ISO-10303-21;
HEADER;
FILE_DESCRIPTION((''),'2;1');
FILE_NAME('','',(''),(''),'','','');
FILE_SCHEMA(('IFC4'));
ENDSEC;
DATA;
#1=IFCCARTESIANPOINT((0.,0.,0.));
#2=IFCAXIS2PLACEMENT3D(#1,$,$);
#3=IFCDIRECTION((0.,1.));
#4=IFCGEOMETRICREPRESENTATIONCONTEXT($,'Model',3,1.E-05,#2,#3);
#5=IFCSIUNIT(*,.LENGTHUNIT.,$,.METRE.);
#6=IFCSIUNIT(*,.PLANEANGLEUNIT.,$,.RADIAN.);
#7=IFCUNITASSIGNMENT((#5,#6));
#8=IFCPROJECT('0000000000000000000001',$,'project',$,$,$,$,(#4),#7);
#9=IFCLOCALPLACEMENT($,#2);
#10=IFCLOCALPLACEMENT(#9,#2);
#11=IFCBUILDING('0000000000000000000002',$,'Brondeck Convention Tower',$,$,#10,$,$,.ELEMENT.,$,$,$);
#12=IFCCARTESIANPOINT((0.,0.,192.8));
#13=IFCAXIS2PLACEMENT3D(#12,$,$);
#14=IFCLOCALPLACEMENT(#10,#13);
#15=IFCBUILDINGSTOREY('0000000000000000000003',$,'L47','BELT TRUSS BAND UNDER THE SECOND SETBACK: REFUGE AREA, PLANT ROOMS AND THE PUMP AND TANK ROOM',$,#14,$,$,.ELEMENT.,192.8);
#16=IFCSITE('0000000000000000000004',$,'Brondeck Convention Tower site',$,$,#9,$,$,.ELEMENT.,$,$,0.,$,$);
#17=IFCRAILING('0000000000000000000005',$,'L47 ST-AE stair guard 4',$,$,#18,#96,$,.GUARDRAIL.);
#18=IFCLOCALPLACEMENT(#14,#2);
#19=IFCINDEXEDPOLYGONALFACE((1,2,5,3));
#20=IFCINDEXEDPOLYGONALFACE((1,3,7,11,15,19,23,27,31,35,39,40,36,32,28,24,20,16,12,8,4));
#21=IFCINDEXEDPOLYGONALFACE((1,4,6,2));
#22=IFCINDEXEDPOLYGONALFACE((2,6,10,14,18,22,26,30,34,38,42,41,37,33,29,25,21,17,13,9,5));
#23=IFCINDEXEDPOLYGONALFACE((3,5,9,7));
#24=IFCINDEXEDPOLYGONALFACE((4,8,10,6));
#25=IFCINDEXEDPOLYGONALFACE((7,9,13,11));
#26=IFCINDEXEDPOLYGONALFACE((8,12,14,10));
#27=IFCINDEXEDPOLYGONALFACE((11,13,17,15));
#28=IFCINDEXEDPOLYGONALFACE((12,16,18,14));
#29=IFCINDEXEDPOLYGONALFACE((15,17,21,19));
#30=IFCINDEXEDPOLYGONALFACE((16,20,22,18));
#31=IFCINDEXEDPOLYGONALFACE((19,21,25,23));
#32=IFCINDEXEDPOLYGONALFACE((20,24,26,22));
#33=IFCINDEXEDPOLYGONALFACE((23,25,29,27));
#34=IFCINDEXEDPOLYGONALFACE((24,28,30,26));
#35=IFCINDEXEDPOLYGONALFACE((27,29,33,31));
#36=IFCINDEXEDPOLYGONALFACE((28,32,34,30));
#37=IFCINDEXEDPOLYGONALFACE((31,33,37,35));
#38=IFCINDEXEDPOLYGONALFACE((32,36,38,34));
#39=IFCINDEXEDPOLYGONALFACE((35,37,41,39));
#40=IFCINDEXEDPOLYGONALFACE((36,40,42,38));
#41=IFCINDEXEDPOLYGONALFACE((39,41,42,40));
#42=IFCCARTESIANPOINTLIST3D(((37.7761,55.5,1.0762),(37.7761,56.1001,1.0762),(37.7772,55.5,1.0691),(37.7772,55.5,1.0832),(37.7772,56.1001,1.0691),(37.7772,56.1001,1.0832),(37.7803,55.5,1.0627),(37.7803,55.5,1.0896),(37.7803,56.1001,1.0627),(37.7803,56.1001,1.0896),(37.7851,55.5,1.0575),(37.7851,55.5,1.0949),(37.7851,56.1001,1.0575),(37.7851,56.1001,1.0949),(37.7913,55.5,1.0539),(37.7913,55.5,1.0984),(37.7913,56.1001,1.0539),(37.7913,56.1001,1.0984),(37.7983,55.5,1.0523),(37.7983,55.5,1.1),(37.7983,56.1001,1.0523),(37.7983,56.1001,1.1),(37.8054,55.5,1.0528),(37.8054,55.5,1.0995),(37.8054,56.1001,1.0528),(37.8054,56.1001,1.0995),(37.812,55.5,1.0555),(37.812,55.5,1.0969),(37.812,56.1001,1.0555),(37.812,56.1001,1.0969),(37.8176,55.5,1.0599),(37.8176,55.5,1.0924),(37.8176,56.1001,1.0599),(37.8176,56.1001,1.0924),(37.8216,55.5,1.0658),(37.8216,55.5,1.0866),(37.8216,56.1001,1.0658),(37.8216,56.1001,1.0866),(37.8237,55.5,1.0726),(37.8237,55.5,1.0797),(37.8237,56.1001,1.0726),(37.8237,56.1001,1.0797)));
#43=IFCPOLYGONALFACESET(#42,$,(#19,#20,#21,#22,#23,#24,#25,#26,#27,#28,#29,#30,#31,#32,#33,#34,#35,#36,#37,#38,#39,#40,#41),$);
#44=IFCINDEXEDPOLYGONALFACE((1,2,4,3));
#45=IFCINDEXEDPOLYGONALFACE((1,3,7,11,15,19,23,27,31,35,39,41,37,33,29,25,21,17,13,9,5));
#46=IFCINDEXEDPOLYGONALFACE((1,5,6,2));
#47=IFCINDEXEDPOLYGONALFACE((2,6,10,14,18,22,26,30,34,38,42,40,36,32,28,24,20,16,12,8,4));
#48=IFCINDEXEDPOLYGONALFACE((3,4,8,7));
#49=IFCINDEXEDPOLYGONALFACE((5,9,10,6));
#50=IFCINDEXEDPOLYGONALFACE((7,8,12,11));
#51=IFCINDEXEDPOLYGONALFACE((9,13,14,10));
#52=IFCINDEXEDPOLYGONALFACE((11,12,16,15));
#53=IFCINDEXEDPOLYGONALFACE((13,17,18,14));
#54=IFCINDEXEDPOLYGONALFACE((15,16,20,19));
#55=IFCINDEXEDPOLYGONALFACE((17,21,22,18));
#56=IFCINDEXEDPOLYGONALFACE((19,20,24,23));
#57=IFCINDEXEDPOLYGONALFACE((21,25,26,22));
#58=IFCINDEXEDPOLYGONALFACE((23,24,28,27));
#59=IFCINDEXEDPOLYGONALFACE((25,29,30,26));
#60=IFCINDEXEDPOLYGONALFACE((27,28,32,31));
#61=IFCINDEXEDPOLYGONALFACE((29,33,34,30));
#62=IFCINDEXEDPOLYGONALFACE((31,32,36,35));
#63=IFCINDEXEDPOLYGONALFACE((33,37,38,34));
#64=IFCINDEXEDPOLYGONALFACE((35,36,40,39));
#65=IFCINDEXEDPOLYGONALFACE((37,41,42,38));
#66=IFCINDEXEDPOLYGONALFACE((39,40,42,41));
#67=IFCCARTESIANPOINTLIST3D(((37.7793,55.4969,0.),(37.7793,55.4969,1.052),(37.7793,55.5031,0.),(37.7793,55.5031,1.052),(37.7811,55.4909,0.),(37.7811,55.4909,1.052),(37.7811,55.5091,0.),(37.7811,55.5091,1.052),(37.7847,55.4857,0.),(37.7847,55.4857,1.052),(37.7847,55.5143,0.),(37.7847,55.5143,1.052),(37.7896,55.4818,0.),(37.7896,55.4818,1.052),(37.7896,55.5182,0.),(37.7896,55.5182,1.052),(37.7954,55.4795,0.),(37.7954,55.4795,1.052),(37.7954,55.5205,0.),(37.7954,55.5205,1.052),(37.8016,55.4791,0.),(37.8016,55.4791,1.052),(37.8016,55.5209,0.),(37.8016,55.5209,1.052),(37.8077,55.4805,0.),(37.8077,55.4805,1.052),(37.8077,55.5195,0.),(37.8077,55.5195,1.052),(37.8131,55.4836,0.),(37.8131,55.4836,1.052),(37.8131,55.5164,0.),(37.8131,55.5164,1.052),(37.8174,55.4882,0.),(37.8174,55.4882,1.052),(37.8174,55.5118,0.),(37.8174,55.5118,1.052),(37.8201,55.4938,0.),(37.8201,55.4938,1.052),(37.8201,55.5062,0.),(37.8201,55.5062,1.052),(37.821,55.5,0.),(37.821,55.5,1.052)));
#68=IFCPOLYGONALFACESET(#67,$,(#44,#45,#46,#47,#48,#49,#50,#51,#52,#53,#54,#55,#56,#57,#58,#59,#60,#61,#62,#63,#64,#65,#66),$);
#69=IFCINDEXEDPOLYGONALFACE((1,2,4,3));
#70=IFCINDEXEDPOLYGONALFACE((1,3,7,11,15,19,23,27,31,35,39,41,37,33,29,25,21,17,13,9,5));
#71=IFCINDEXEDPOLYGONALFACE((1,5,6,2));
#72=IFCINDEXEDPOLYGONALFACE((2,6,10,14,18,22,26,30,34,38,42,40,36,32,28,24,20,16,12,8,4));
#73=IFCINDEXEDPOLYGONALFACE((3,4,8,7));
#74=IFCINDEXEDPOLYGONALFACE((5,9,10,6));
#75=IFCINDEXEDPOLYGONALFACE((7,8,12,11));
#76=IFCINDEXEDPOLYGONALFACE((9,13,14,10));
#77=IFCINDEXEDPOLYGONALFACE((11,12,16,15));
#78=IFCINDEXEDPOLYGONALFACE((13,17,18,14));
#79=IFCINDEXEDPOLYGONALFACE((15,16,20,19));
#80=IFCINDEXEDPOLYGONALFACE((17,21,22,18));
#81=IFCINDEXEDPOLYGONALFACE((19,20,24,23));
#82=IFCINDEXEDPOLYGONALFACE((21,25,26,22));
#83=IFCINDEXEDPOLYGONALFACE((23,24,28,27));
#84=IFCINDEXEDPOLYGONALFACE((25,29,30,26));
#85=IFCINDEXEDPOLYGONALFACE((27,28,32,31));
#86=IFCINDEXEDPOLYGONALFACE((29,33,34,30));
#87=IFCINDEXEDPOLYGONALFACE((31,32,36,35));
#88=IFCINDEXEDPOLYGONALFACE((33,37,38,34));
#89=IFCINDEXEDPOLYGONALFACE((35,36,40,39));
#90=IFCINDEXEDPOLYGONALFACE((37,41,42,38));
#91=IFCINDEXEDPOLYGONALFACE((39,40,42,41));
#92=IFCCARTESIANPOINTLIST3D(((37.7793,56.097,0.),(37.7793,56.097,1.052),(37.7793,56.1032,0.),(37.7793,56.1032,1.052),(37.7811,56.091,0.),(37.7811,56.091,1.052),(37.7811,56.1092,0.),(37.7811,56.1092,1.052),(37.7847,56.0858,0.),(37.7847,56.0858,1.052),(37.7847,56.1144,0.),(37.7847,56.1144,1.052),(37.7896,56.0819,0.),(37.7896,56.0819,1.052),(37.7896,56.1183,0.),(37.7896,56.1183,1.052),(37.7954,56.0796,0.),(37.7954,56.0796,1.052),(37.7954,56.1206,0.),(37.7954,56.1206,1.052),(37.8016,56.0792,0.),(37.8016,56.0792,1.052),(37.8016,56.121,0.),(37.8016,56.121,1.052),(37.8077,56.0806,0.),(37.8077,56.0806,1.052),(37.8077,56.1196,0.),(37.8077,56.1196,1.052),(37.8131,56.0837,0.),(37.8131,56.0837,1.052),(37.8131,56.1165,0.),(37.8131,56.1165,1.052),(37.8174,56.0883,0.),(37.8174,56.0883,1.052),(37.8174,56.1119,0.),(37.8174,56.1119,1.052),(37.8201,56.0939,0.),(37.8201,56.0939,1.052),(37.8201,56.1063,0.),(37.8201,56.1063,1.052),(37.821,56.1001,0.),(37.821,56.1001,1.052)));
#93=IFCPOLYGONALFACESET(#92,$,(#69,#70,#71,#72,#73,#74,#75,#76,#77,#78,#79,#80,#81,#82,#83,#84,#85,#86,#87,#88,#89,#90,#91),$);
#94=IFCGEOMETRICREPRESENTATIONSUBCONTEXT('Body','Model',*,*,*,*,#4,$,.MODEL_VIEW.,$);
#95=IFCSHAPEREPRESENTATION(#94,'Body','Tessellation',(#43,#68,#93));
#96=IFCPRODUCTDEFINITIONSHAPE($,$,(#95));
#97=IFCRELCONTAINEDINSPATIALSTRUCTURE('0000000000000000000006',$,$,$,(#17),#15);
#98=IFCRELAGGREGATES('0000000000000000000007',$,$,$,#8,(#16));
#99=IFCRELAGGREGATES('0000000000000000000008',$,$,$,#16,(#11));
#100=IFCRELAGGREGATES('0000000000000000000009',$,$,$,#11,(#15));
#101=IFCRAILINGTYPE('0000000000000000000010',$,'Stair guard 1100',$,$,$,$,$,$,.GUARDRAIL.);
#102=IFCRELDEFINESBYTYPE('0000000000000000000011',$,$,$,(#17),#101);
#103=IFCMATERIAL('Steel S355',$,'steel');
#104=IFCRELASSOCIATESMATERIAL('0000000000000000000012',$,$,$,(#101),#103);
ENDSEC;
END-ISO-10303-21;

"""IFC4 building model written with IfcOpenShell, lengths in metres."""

from ifc_helpers import new_model, si_unit, direction, frame, origin, origin_2d, place, context, subcontext, project, spatial, circle, extrude, material, type_object, element, save


model = new_model("IFC4")

# Units and contexts
model_context = context("Model", 3, precision=1e-05, world=origin(), true_north=direction((0.0, 1.0)))
body_context = subcontext(model_context, "Body", "Model", "MODEL_VIEW")
ifc_project = project(units=[si_unit("LENGTHUNIT", "METRE"), si_unit("PLANEANGLEUNIT", "RADIAN")], contexts=[model_context])

# Site, building, storey
site_placement = place(None, origin())
site = spatial("IfcSite", under=ifc_project, at=site_placement, Name="Brondeck Convention Tower site", CompositionType="ELEMENT", RefElevation=0.0)
building_placement = place(site_placement, origin())
building = spatial("IfcBuilding", under=site, at=building_placement, Name="Brondeck Convention Tower", CompositionType="ELEMENT")
storey_placement = place(building_placement, frame((0.0, 0.0, 192.8)))
storey = spatial("IfcBuildingStorey", under=building, at=storey_placement, Name="L47", Description="BELT TRUSS BAND UNDER THE SECOND SETBACK: REFUGE AREA, PLANT ROOMS AND THE PUMP AND TANK ROOM", CompositionType="ELEMENT", Elevation=192.8)

# Shared definitions
ifc_material_1 = material(Name="Steel S355", Category="steel")

# Railing
railing_type_1 = type_object("IfcRailingType", Name="Stair guard 1100", PredefinedType="GUARDRAIL", material=ifc_material_1)
railing_1_placement = place(storey_placement, frame((37.8, 55.5, 0.0)))
element("IfcRailing", 1, at=railing_1_placement, inside=storey, type_object=railing_type_1, Name="L47 ST-AE stair guard 4", PredefinedType="GUARDRAIL", context=body_context, shape_type="SweptSolid", body=[
    extrude(circle(Radius=0.0239, at=origin_2d()), frame((0.0, 0.0, 1.0762), z_axis=(0.0, 1.0, 0.0), x_axis=(-1.0, 0.0, 0.0)), (0.0, 0.0, 1.0), 0.6001),
    extrude(circle(Radius=0.021, at=origin_2d()), origin(), (0.0, 0.0, 1.0), 1.052),
    extrude(circle(Radius=0.021, at=origin_2d()), frame((0.0, 0.6001, 0.0)), (0.0, 0.0, 1.0), 1.052),
])

save(model, "model.ifc")
